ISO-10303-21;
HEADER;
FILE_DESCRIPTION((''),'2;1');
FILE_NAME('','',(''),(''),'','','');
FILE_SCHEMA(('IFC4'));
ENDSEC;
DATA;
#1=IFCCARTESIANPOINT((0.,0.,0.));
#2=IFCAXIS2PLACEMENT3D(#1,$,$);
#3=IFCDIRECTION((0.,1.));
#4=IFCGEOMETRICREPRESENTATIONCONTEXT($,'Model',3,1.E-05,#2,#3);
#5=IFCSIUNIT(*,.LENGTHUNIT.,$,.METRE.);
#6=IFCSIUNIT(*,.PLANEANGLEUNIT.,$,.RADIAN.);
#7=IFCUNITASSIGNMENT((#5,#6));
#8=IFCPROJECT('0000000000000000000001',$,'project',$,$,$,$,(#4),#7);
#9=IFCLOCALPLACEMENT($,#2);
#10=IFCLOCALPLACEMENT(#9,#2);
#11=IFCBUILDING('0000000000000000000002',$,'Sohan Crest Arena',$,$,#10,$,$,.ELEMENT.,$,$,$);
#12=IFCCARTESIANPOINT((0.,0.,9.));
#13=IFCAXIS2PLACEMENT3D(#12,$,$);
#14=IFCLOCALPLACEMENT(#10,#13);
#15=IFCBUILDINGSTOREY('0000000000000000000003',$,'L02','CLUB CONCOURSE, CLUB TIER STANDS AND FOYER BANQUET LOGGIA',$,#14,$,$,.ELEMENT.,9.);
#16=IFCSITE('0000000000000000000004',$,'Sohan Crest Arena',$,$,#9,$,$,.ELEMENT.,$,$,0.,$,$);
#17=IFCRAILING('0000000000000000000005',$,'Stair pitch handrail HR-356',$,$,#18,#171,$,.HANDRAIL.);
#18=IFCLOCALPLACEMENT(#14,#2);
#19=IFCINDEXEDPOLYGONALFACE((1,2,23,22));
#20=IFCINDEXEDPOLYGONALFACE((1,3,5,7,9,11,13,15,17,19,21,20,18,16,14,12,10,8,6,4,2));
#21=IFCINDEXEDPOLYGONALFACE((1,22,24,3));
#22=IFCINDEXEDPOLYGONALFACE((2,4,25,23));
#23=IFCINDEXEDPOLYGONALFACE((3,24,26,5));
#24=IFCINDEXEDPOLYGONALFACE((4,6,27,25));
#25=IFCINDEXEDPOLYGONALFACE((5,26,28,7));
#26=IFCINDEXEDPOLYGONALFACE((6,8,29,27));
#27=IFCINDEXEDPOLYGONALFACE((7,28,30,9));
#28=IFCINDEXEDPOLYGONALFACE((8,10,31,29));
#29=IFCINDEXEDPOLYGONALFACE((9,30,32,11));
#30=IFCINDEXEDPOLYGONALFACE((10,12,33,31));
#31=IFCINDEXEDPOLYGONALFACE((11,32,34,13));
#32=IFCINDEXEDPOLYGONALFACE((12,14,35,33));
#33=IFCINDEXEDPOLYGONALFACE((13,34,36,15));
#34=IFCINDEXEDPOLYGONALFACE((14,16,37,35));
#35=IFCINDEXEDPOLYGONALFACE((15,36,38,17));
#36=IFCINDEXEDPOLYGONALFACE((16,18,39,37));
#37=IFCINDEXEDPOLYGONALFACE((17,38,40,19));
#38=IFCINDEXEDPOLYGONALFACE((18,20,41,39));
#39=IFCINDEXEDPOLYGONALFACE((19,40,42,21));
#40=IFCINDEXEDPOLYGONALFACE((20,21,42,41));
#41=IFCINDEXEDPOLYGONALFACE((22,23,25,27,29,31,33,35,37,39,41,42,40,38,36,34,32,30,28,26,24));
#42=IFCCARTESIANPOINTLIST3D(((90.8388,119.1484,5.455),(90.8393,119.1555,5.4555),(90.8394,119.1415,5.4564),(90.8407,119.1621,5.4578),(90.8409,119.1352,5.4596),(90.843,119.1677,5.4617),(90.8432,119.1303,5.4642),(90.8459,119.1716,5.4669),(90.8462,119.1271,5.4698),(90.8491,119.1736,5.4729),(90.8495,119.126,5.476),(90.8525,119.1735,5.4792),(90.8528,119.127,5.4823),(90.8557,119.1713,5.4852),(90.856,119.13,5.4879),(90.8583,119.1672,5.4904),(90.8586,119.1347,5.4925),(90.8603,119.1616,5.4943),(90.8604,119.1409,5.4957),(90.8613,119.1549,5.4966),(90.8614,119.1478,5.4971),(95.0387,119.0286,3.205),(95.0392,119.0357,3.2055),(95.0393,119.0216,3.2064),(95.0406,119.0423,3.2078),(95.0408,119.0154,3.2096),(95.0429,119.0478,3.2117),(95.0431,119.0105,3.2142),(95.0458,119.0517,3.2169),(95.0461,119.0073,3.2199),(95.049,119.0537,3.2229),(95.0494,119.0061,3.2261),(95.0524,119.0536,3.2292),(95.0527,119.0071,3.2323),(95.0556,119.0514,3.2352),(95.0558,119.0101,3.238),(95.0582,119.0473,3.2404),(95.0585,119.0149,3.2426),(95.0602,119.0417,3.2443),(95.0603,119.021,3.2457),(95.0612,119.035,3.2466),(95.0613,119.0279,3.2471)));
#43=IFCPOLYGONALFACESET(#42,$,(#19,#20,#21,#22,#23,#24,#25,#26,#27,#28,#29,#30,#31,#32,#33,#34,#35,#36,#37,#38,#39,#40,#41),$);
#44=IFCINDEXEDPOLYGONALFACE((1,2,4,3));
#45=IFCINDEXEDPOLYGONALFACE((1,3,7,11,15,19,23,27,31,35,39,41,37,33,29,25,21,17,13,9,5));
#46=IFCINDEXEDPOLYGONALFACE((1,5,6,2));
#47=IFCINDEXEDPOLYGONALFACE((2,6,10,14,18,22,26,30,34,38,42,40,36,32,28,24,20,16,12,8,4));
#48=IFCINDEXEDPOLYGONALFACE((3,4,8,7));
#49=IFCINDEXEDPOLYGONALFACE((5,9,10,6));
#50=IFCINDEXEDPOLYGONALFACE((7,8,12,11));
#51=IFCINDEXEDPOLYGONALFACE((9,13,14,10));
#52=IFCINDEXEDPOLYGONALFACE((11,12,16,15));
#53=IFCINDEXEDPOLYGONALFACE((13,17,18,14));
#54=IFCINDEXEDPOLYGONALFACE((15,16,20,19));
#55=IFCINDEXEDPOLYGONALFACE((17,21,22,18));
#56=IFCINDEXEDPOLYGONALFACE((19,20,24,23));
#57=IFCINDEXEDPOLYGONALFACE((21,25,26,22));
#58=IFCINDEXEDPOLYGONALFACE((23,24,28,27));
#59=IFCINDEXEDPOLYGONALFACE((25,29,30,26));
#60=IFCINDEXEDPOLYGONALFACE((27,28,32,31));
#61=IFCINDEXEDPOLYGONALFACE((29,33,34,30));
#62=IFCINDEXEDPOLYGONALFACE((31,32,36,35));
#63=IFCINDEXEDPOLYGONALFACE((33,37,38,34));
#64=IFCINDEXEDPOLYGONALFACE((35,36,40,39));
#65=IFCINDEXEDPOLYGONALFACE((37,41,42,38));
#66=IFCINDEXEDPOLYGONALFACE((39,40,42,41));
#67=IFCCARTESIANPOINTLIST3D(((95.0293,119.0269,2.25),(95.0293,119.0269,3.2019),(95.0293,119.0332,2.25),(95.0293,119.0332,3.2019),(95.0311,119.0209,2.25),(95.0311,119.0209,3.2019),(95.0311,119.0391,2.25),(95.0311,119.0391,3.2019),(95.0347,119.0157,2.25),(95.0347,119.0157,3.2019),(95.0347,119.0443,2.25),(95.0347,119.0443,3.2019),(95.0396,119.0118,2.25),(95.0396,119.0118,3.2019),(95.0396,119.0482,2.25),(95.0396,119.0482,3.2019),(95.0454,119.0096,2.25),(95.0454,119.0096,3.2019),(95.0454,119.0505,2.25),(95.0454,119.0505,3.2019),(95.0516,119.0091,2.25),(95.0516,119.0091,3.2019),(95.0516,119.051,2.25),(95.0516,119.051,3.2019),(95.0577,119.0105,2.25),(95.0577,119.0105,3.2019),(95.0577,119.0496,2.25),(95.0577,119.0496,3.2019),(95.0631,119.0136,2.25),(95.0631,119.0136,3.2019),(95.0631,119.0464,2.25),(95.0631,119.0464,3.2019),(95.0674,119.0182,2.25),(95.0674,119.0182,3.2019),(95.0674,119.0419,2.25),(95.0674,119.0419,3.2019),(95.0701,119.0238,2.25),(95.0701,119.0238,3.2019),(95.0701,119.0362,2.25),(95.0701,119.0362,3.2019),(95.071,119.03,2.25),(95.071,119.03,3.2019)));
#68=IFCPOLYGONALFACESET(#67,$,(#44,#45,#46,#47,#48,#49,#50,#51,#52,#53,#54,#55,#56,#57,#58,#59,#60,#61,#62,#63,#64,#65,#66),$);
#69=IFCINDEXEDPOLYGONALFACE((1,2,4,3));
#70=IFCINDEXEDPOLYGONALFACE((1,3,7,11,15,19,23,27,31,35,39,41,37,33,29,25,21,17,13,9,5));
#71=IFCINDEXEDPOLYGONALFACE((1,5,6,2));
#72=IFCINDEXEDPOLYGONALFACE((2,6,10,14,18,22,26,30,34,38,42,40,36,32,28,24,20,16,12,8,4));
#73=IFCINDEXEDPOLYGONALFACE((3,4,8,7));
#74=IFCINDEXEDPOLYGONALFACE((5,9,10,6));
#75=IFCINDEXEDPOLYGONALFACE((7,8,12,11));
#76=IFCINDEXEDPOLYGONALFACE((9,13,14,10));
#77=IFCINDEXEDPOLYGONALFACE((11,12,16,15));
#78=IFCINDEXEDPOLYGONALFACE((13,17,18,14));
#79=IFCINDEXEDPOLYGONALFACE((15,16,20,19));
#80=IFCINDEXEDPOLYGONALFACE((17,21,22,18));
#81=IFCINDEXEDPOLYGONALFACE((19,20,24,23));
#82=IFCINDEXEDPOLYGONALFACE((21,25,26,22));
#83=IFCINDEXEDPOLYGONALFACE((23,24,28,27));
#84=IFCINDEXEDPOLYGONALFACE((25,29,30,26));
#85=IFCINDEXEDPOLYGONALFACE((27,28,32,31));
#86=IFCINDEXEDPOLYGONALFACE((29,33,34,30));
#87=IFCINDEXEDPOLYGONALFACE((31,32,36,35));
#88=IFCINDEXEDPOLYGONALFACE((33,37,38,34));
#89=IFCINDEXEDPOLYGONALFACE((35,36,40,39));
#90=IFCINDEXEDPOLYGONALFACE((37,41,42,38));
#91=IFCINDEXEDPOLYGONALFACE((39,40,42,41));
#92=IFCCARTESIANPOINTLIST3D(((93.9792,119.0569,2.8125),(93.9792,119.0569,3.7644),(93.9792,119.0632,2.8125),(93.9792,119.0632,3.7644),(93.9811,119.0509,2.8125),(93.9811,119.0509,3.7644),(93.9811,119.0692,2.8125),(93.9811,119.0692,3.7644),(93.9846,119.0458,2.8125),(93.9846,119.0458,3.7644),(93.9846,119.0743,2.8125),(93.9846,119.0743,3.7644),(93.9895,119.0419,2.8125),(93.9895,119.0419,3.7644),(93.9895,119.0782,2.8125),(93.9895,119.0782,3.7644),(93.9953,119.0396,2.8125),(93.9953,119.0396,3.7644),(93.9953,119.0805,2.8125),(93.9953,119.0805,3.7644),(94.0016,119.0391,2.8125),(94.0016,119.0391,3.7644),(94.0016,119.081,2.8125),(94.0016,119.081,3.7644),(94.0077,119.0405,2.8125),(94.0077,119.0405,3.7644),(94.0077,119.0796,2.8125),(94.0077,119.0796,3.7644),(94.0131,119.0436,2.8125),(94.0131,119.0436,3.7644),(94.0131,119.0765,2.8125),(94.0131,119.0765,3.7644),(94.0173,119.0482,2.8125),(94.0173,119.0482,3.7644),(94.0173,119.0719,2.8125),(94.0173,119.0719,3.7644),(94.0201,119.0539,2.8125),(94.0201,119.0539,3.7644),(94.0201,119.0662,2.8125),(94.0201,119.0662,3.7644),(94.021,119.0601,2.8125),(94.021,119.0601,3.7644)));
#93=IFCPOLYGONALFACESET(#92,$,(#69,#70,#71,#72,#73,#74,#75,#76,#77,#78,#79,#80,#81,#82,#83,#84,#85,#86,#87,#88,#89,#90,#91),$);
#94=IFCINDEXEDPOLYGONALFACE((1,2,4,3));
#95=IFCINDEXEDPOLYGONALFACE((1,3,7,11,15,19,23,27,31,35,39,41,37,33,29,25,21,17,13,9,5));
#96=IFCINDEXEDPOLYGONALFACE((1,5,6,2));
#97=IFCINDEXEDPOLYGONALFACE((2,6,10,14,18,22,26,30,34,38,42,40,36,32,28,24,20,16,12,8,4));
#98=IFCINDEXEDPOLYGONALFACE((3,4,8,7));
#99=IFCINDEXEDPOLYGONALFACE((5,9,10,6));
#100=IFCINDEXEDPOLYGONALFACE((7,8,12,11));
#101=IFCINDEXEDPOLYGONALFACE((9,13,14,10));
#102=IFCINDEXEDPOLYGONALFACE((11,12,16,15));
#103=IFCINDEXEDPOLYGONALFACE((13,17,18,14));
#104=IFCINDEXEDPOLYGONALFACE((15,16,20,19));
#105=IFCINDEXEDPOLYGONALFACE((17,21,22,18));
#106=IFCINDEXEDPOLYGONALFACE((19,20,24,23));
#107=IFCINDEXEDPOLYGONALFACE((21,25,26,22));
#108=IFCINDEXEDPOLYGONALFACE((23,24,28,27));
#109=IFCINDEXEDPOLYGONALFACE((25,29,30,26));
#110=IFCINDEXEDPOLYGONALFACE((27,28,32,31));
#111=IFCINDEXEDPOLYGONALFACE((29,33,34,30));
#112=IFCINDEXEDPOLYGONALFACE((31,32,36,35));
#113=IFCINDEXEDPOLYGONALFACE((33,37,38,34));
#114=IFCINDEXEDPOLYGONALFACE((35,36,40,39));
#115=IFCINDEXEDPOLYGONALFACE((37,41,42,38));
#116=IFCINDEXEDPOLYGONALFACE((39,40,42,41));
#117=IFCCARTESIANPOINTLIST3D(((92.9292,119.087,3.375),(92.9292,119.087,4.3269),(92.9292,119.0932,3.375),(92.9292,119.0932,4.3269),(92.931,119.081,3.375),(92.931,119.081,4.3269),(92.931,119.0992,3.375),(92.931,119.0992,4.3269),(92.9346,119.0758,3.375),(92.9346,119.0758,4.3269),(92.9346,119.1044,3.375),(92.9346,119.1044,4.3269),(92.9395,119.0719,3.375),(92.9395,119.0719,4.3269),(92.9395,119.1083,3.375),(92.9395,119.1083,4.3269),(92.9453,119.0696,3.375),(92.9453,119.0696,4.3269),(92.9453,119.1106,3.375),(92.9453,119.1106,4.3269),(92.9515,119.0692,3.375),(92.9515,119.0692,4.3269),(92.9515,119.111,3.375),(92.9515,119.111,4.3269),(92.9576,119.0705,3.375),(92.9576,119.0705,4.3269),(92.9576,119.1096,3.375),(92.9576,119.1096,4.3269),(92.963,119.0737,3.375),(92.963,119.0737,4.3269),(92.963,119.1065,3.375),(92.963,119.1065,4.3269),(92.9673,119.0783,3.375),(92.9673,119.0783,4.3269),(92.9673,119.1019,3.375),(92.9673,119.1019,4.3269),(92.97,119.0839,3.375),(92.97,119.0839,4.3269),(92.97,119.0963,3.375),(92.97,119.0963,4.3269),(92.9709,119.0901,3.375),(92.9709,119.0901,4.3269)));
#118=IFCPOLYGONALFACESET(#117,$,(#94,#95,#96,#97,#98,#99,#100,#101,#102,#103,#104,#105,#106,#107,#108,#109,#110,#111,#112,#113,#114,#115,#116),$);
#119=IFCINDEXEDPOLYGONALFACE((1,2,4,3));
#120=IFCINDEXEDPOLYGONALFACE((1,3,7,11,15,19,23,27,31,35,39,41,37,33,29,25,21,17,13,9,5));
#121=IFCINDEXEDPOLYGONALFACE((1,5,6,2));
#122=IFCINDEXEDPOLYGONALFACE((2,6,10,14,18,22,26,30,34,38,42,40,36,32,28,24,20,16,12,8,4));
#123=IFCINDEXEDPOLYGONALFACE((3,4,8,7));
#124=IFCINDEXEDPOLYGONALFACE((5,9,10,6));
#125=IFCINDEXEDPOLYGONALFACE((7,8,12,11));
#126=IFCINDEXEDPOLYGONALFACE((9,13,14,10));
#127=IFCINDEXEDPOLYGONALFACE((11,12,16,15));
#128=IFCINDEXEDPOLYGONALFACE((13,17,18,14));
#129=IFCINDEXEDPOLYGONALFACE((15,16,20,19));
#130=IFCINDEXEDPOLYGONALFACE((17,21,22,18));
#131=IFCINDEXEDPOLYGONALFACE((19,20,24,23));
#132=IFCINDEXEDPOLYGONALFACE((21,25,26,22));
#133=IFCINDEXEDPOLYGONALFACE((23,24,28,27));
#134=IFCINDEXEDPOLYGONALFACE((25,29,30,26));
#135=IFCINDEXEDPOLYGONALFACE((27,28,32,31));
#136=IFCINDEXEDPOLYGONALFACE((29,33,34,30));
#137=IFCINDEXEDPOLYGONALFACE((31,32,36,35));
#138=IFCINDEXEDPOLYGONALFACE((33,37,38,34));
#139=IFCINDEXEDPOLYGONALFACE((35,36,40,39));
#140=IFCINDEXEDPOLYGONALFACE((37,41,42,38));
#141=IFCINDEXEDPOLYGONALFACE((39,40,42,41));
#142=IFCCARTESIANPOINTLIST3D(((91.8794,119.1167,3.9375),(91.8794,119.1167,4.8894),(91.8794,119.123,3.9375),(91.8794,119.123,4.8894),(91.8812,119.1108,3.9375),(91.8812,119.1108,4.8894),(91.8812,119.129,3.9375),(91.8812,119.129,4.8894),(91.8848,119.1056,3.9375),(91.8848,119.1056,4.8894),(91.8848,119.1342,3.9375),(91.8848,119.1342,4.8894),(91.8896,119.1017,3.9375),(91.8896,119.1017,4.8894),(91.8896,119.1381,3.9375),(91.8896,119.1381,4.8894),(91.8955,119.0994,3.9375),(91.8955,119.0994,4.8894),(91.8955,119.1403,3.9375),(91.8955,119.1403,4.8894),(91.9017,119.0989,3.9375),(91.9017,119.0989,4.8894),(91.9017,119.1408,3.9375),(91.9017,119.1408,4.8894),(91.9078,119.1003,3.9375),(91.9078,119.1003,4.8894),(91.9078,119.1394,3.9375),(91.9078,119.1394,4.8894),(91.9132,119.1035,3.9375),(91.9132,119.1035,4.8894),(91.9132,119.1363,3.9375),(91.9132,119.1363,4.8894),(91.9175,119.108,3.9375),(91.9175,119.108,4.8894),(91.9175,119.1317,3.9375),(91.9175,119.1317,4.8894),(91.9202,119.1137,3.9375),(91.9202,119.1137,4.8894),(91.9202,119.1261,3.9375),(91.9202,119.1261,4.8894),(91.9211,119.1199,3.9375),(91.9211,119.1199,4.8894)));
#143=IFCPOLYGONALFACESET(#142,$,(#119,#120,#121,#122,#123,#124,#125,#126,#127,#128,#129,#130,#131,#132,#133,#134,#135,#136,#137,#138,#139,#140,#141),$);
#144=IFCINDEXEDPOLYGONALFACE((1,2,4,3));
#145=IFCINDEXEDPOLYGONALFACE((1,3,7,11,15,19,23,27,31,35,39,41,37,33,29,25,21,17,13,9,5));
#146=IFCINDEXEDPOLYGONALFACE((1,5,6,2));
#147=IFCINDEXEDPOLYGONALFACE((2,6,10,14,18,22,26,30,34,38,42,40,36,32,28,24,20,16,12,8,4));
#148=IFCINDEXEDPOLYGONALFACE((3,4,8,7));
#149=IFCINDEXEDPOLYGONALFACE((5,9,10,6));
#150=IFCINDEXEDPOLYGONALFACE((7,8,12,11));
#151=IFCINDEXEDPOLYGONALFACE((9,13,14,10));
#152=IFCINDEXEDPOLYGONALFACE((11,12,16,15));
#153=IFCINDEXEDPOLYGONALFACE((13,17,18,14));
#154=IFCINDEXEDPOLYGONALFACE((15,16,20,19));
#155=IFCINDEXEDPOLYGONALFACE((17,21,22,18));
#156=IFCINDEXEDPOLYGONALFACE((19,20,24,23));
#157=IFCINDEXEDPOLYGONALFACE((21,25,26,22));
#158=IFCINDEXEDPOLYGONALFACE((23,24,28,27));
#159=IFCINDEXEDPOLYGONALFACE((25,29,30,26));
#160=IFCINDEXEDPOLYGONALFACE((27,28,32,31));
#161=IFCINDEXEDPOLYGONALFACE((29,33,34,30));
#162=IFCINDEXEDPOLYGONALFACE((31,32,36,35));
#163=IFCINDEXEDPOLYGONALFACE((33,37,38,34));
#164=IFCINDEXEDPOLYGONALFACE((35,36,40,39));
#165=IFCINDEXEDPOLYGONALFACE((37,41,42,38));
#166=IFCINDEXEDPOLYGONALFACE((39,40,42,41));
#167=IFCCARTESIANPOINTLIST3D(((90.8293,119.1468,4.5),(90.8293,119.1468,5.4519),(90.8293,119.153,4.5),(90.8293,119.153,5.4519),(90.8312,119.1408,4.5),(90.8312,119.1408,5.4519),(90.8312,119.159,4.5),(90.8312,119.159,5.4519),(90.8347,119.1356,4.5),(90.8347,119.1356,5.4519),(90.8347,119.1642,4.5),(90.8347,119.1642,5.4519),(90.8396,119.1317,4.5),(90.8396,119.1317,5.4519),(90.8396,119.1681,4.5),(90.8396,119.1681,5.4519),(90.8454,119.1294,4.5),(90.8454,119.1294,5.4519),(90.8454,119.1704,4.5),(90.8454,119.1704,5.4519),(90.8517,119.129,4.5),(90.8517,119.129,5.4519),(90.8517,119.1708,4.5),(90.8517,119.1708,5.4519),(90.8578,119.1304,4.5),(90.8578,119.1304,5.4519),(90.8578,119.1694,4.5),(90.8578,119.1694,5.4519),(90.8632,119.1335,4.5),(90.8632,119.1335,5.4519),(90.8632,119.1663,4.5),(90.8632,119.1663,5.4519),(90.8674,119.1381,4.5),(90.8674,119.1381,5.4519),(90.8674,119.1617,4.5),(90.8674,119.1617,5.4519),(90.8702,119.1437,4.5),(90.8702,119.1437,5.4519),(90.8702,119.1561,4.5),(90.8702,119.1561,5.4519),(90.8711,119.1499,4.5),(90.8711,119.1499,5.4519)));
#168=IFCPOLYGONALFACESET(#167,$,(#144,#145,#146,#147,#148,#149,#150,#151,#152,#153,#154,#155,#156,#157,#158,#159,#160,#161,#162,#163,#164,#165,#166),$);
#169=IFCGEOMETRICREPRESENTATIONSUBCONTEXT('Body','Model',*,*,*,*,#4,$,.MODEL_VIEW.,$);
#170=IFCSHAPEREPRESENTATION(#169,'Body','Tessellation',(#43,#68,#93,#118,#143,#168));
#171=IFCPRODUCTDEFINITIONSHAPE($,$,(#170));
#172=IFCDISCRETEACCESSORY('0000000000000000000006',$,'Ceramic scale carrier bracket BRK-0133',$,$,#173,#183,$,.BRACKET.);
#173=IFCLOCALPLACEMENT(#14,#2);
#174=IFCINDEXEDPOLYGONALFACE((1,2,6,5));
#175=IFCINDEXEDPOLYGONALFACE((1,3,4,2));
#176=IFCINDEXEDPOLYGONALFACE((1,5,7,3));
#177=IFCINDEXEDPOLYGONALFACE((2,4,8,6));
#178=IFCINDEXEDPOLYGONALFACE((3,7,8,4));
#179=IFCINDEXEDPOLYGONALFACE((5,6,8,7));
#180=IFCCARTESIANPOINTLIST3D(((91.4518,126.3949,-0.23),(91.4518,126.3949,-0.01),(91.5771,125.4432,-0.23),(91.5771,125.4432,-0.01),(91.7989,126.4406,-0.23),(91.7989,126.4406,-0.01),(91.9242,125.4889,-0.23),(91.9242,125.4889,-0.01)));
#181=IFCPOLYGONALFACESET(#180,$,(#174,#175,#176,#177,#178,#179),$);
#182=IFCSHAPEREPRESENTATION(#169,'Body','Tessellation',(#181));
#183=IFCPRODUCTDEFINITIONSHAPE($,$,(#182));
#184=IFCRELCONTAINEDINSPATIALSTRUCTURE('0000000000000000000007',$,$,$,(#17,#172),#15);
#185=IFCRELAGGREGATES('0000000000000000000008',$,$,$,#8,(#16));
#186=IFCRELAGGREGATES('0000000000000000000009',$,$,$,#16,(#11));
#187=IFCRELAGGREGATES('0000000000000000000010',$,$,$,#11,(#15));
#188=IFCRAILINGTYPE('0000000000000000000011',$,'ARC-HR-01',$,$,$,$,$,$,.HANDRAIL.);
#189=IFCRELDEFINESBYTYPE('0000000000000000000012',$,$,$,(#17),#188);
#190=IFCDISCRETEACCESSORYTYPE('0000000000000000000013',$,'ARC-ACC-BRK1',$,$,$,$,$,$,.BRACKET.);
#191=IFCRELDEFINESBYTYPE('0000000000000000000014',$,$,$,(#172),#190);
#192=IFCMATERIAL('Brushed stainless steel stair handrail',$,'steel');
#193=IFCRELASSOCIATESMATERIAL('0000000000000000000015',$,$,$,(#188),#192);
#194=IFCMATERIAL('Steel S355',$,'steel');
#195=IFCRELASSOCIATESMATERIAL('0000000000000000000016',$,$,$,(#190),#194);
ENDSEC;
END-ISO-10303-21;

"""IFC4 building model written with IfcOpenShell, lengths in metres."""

from ifc_helpers import new_model, si_unit, direction, frame, origin, origin_2d, place, context, subcontext, project, spatial, rectangle, circle, extrude, material, type_object, element, save


model = new_model("IFC4")

# Units and contexts
model_context = context("Model", 3, precision=1e-05, world=origin(), true_north=direction((0.0, 1.0)))
body_context = subcontext(model_context, "Body", "Model", "MODEL_VIEW")
ifc_project = project(units=[si_unit("LENGTHUNIT", "METRE"), si_unit("PLANEANGLEUNIT", "RADIAN")], contexts=[model_context])

# Site, building, storey
site_placement = place(None, origin())
site = spatial("IfcSite", under=ifc_project, at=site_placement, Name="Sohan Crest Arena", CompositionType="ELEMENT", RefElevation=0.0)
building_placement = place(site_placement, origin())
building = spatial("IfcBuilding", under=site, at=building_placement, Name="Sohan Crest Arena", CompositionType="ELEMENT")
storey_placement = place(building_placement, frame((0.0, 0.0, 9.0)))
storey = spatial("IfcBuildingStorey", under=building, at=storey_placement, Name="L02", Description="CLUB CONCOURSE, CLUB TIER STANDS AND FOYER BANQUET LOGGIA", CompositionType="ELEMENT", Elevation=9.0)

# Shared definitions
ifc_material_1 = material(Name="Steel S355", Category="steel")

# Railing
ifc_material_2 = material(Name="Brushed stainless steel stair handrail", Category="steel")
railing_type_1 = type_object("IfcRailingType", Name="ARC-HR-01", PredefinedType="HANDRAIL", material=ifc_material_2)
railing_1_placement = place(storey_placement, frame((95.05, 119.03, 2.25)))
element("IfcRailing", 1, at=railing_1_placement, inside=storey, type_object=railing_type_1, Name="Stair pitch handrail HR-356", PredefinedType="HANDRAIL", context=body_context, shape_type="SweptSolid", body=[
    extrude(circle(Radius=0.0239, at=origin_2d()), frame((0.0, 0.0, 0.9761), z_axis=(-0.881199, 0.025151, 0.472076), x_axis=(-0.02853, -0.999593, 0.0)), (0.0, 0.0, 1.0), 4.7661),
    extrude(circle(Radius=0.021, at=origin_2d()), origin(), (0.0, 0.0, 1.0), 0.9519),
    extrude(circle(Radius=0.021, at=origin_2d()), frame((-1.05, 0.03, 0.5625)), (0.0, 0.0, 1.0), 0.9519),
    extrude(circle(Radius=0.021, at=origin_2d()), frame((-2.1001, 0.0601, 1.125)), (0.0, 0.0, 1.0), 0.9519),
    extrude(circle(Radius=0.021, at=origin_2d()), frame((-3.1499, 0.0898, 1.6875)), (0.0, 0.0, 1.0), 0.9519),
    extrude(circle(Radius=0.021, at=origin_2d()), frame((-4.2, 0.1199, 2.25)), (0.0, 0.0, 1.0), 0.9519),
])

# Discrete accessory
discrete_accessory_type = type_object("IfcDiscreteAccessoryType", Name="ARC-ACC-BRK1", PredefinedType="BRACKET", material=ifc_material_1)
discrete_accessory_placement = place(storey_placement, frame((91.688, 125.9419, -0.23), z_axis=(0.0, 0.0, 1.0), x_axis=(-0.991445, -0.130526, 0.0)))
element("IfcDiscreteAccessory", 2, at=discrete_accessory_placement, inside=storey, type_object=discrete_accessory_type, Name="Ceramic scale carrier bracket BRK-0133", PredefinedType="BRACKET", context=body_context, shape_type="SweptSolid", body=[
    extrude(rectangle(XDim=0.3501, YDim=0.96, at=origin_2d()), origin(), (0.0, 0.0, 1.0), 0.22),
])

save(model, "model.ifc")
